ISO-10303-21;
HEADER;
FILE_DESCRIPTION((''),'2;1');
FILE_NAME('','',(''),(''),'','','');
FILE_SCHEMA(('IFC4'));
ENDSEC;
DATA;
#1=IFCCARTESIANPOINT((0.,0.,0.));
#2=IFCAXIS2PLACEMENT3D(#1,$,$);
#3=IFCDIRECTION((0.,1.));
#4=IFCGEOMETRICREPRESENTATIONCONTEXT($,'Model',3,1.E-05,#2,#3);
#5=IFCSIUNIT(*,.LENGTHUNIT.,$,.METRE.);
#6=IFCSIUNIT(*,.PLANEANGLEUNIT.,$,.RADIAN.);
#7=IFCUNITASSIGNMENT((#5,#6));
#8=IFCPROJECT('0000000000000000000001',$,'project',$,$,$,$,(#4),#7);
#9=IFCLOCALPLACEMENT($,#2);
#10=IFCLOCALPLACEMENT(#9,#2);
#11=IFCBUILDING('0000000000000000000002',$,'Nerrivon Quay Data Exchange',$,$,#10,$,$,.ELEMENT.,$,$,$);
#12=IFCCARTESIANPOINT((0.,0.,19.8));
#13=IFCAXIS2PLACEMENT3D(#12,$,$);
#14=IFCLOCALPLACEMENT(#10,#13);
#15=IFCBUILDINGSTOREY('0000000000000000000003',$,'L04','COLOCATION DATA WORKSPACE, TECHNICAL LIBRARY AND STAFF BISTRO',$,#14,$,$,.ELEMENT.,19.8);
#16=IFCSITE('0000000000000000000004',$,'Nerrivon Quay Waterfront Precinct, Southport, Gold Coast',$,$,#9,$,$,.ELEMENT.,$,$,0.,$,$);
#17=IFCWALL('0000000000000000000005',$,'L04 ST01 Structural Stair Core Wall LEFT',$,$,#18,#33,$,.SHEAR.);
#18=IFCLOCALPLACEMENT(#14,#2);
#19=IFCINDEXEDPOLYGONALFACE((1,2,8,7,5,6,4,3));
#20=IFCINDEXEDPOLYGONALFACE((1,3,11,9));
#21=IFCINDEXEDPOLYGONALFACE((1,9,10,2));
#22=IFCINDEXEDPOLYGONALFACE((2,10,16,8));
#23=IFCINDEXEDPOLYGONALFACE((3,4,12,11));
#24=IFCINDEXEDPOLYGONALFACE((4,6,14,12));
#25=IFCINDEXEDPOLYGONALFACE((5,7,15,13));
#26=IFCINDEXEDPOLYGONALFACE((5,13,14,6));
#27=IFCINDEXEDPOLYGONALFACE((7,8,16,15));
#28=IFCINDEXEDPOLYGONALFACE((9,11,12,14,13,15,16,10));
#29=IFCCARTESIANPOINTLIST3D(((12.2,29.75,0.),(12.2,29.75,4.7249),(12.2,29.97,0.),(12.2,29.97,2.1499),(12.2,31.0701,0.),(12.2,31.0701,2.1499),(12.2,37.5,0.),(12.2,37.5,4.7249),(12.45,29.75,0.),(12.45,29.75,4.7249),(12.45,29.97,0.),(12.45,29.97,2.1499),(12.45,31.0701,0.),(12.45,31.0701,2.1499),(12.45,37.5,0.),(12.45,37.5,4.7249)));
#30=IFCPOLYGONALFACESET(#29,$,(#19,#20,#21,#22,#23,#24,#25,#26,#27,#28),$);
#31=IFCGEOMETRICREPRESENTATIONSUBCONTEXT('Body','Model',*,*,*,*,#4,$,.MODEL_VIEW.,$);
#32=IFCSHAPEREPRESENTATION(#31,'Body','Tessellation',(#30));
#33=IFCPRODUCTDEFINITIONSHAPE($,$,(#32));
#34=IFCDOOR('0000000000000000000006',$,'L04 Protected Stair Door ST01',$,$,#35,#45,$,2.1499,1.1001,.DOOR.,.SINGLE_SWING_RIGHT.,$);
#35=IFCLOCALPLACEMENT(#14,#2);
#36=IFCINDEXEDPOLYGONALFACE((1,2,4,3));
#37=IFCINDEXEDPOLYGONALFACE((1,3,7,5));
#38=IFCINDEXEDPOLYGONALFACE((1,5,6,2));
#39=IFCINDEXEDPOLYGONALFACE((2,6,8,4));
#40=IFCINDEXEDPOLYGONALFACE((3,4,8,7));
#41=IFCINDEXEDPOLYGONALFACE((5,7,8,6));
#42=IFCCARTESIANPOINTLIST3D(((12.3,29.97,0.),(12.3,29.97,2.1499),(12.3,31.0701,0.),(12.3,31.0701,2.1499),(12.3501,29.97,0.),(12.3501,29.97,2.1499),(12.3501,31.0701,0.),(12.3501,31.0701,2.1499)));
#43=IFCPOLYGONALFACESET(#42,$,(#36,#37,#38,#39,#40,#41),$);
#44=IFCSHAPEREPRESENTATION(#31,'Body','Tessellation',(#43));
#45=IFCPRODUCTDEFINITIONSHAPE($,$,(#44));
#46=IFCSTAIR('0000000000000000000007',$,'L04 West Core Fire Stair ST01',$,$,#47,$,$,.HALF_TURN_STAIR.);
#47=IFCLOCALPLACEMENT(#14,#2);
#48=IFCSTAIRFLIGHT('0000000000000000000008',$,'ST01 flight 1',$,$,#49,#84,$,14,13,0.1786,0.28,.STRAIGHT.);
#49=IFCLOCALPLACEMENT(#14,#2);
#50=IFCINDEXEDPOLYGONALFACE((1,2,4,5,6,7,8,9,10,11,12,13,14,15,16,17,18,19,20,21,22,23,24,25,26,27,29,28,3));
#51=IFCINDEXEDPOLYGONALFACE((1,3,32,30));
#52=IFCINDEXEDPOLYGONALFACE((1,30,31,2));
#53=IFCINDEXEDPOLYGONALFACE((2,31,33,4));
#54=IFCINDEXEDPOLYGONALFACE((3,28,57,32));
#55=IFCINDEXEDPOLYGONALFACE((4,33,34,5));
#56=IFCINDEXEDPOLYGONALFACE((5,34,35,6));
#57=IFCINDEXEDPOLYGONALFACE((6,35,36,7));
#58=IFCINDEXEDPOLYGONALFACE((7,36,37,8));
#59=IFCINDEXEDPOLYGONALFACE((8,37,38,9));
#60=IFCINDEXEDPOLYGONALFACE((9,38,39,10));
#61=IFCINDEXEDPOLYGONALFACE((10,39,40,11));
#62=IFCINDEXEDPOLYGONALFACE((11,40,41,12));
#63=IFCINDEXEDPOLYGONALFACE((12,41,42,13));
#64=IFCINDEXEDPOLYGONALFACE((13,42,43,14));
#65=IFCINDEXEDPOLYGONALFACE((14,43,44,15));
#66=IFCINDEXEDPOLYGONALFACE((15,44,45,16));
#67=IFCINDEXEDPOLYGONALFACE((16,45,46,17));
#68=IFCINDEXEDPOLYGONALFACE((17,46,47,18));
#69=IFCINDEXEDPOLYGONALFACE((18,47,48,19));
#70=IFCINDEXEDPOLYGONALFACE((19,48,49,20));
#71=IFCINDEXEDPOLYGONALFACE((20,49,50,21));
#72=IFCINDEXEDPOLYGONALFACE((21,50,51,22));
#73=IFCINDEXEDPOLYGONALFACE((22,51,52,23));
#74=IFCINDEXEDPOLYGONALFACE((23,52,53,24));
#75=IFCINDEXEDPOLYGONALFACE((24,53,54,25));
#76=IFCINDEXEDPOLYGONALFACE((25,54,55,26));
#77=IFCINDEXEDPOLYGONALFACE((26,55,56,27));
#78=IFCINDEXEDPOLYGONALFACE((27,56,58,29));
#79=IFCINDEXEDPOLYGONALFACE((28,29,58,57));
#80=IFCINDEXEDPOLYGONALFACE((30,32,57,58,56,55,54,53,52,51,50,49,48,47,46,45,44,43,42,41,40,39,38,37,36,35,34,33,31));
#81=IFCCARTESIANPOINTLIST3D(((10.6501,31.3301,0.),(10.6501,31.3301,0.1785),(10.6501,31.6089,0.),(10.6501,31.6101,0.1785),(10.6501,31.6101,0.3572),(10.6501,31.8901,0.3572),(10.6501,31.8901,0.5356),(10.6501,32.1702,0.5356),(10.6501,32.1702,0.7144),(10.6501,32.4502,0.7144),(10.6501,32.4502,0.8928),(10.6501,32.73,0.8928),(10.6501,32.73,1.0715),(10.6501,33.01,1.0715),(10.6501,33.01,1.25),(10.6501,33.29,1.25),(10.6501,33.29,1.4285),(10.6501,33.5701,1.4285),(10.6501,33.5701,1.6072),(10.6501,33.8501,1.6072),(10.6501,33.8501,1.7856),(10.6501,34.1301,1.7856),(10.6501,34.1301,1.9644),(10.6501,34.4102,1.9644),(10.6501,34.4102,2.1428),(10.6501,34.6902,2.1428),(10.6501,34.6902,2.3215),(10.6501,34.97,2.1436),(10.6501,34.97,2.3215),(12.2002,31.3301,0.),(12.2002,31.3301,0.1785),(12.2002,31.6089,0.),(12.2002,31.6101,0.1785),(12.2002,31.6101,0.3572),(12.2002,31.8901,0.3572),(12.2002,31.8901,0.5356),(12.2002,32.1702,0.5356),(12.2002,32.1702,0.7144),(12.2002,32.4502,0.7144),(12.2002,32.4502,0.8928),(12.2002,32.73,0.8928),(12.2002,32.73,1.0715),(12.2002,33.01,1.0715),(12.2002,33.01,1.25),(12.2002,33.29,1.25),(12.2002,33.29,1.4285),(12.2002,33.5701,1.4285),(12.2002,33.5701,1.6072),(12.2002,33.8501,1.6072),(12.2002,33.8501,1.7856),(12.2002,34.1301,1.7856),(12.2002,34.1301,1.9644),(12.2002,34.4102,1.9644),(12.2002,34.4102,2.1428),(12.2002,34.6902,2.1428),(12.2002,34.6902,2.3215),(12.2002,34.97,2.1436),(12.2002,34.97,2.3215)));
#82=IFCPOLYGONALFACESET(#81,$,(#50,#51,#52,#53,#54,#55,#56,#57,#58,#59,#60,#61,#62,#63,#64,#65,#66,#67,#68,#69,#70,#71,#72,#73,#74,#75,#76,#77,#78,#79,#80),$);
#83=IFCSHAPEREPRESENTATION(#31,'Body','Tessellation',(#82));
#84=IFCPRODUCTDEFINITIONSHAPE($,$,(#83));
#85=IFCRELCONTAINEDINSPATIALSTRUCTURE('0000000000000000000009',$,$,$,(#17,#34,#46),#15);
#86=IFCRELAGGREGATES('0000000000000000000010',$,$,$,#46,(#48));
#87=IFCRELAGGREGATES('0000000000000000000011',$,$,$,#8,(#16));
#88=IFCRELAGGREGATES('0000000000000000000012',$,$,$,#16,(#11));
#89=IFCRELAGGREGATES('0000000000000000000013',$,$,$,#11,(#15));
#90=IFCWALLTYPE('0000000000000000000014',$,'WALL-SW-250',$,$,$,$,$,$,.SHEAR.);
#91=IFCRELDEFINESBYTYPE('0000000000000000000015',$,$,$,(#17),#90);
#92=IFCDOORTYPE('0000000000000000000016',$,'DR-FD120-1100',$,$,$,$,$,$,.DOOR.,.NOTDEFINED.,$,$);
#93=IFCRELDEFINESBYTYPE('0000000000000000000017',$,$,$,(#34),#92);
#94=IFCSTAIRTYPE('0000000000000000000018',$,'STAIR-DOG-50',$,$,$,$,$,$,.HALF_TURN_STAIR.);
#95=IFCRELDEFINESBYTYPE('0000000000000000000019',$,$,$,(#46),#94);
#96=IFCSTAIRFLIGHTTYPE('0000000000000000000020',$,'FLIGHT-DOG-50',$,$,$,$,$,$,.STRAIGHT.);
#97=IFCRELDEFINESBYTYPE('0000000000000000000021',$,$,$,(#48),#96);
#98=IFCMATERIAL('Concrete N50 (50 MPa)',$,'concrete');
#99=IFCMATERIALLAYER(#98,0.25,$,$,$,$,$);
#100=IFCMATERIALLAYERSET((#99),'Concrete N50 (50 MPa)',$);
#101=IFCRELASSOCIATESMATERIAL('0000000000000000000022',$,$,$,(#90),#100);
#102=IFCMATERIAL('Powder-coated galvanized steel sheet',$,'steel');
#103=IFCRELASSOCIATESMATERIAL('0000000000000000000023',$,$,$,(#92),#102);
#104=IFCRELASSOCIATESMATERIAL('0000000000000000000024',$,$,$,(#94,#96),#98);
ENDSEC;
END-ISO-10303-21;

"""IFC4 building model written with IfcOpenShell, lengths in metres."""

from ifc_helpers import new_model, si_unit, direction, frame, frame_2d, origin, place, context, subcontext, project, spatial, polyline, rectangle, outline, extrude, material, layer, layer_set, type_object, element, fill, aggregate, save


model = new_model("IFC4")

# Units and contexts
model_context = context("Model", 3, precision=1e-05, world=origin(), true_north=direction((0.0, 1.0)))
body_context = subcontext(model_context, "Body", "Model", "MODEL_VIEW")
ifc_project = project(units=[si_unit("LENGTHUNIT", "METRE"), si_unit("PLANEANGLEUNIT", "RADIAN")], contexts=[model_context])

# Site, building, storey
site_placement = place(None, origin())
site = spatial("IfcSite", under=ifc_project, at=site_placement, Name="Nerrivon Quay Waterfront Precinct, Southport, Gold Coast", CompositionType="ELEMENT", RefElevation=0.0)
building_placement = place(site_placement, origin())
building = spatial("IfcBuilding", under=site, at=building_placement, Name="Nerrivon Quay Data Exchange", CompositionType="ELEMENT")
storey_placement = place(building_placement, frame((0.0, 0.0, 19.8)))
storey = spatial("IfcBuildingStorey", under=building, at=storey_placement, Name="L04", Description="COLOCATION DATA WORKSPACE, TECHNICAL LIBRARY AND STAFF BISTRO", CompositionType="ELEMENT", Elevation=19.8)

# Shared definitions
ifc_material_1 = material(Name="Powder-coated galvanized steel sheet", Category="steel")

# Shared definitions
ifc_material_2 = material(Name="Concrete N50 (50 MPa)", Category="concrete")
ifc_layer_1 = layer(ifc_material_2, 0.25)
ifc_layer_set_1 = layer_set([ifc_layer_1], Name="Concrete N50 (50 MPa)")
wall_type_1 = type_object("IfcWallType", Name="WALL-SW-250", PredefinedType="SHEAR", material=ifc_layer_set_1)

# Wall, opening, door
wall_1_placement = place(storey_placement, frame((12.325, 29.75, 0.0), z_axis=(0.0, 0.0, 1.0), x_axis=(0.0, 1.0, 0.0)))
wall_1 = element("IfcWall", 1, at=wall_1_placement, inside=storey, type_object=wall_type_1, Name="L04 ST01 Structural Stair Core Wall LEFT", PredefinedType="SHEAR", context=body_context, shape_type="SweptSolid", body=[
    extrude(rectangle(XDim=7.75, YDim=0.25, at=frame_2d((3.875, 0.0))), origin(), (0.0, 0.0, 1.0), 4.7249),
])
opening_1_placement = place(wall_1_placement, frame((0.22, 0.0, 0.0)))
opening_1 = element("IfcOpeningElement", 2, at=opening_1_placement, cuts=wall_1, PredefinedType="OPENING", context=body_context, shape_type="SweptSolid", body=[
    extrude(rectangle(XDim=1.1001, YDim=2.1499, at=frame_2d((0.55, 1.075))), frame((0.0, 0.135, 0.0), z_axis=(0.0, -1.0, 0.0), x_axis=(1.0, 0.0, 0.0)), (0.0, 0.0, 1.0), 0.27),
])
door_type_1 = type_object("IfcDoorType", Name="DR-FD120-1100", OperationType="NOTDEFINED", PredefinedType="DOOR", material=ifc_material_1)
door_1_placement = place(opening_1_placement, origin())
door_1 = element("IfcDoor", 3, at=door_1_placement, inside=storey, type_object=door_type_1, Name="L04 Protected Stair Door ST01", OperationType="SINGLE_SWING_RIGHT", OverallHeight=2.1499, OverallWidth=1.1001, PredefinedType="DOOR", context=body_context, shape_type="SweptSolid", body=[
    extrude(rectangle(XDim=1.1001, YDim=2.1499, at=frame_2d((0.55, 1.075))), frame((0.0, 0.0249, 0.0), z_axis=(0.0, -1.0, 0.0), x_axis=(1.0, 0.0, 0.0)), (0.0, 0.0, 1.0), 0.05),
])
fill(opening_1, door_1)

# Stair, stair flight
stair_type = type_object("IfcStairType", Name="STAIR-DOG-50", PredefinedType="HALF_TURN_STAIR", material=ifc_material_2)
stair_placement = place(storey_placement, origin())
stair = element("IfcStair", 4, at=stair_placement, inside=storey, type_object=stair_type, Name="L04 West Core Fire Stair ST01", PredefinedType="HALF_TURN_STAIR")
stair_flight_type = type_object("IfcStairFlightType", Name="FLIGHT-DOG-50", PredefinedType="STRAIGHT", material=ifc_material_2)
stair_flight_placement = place(storey_placement, frame((11.425, 31.3301, 0.0), z_axis=(0.0, 0.0, 1.0), x_axis=(0.0, 1.0, 0.0)))
stair_flight = element("IfcStairFlight", 5, at=stair_flight_placement, type_object=stair_flight_type, Name="ST01 flight 1", NumberOfRisers=14, NumberOfTreads=13, PredefinedType="STRAIGHT", RiserHeight=0.1786, TreadLength=0.28, context=body_context, shape_type="SweptSolid", body=[
    extrude(outline(polyline([(0.0, 0.0), (0.0, 0.1785), (0.28, 0.1785), (0.28, 0.3572), (0.5601, 0.3572), (0.5601, 0.5356), (0.8401, 0.5356), (0.8401, 0.7144), (1.1201, 0.7144), (1.1201, 0.8928), (1.3999, 0.8928), (1.3999, 1.0715), (1.6799, 1.0715), (1.6799, 1.25), (1.96, 1.25), (1.96, 1.4285), (2.24, 1.4285), (2.24, 1.6072), (2.52, 1.6072), (2.52, 1.7856), (2.8, 1.7856), (2.8, 1.9644), (3.0801, 1.9644), (3.0801, 2.1428), (3.3601, 2.1428), (3.3601, 2.3215), (3.6399, 2.3215), (3.6399, 2.5), (3.6399, 2.1436), (0.2788, 0.0), (0.0, 0.0)])), frame((0.0, 0.7749, 0.0), z_axis=(0.0, -1.0, 0.0), x_axis=(1.0, 0.0, 0.0)), (0.0, 0.0, 1.0), 1.55),
])
aggregate(stair, [stair_flight])

save(model, "model.ifc")
